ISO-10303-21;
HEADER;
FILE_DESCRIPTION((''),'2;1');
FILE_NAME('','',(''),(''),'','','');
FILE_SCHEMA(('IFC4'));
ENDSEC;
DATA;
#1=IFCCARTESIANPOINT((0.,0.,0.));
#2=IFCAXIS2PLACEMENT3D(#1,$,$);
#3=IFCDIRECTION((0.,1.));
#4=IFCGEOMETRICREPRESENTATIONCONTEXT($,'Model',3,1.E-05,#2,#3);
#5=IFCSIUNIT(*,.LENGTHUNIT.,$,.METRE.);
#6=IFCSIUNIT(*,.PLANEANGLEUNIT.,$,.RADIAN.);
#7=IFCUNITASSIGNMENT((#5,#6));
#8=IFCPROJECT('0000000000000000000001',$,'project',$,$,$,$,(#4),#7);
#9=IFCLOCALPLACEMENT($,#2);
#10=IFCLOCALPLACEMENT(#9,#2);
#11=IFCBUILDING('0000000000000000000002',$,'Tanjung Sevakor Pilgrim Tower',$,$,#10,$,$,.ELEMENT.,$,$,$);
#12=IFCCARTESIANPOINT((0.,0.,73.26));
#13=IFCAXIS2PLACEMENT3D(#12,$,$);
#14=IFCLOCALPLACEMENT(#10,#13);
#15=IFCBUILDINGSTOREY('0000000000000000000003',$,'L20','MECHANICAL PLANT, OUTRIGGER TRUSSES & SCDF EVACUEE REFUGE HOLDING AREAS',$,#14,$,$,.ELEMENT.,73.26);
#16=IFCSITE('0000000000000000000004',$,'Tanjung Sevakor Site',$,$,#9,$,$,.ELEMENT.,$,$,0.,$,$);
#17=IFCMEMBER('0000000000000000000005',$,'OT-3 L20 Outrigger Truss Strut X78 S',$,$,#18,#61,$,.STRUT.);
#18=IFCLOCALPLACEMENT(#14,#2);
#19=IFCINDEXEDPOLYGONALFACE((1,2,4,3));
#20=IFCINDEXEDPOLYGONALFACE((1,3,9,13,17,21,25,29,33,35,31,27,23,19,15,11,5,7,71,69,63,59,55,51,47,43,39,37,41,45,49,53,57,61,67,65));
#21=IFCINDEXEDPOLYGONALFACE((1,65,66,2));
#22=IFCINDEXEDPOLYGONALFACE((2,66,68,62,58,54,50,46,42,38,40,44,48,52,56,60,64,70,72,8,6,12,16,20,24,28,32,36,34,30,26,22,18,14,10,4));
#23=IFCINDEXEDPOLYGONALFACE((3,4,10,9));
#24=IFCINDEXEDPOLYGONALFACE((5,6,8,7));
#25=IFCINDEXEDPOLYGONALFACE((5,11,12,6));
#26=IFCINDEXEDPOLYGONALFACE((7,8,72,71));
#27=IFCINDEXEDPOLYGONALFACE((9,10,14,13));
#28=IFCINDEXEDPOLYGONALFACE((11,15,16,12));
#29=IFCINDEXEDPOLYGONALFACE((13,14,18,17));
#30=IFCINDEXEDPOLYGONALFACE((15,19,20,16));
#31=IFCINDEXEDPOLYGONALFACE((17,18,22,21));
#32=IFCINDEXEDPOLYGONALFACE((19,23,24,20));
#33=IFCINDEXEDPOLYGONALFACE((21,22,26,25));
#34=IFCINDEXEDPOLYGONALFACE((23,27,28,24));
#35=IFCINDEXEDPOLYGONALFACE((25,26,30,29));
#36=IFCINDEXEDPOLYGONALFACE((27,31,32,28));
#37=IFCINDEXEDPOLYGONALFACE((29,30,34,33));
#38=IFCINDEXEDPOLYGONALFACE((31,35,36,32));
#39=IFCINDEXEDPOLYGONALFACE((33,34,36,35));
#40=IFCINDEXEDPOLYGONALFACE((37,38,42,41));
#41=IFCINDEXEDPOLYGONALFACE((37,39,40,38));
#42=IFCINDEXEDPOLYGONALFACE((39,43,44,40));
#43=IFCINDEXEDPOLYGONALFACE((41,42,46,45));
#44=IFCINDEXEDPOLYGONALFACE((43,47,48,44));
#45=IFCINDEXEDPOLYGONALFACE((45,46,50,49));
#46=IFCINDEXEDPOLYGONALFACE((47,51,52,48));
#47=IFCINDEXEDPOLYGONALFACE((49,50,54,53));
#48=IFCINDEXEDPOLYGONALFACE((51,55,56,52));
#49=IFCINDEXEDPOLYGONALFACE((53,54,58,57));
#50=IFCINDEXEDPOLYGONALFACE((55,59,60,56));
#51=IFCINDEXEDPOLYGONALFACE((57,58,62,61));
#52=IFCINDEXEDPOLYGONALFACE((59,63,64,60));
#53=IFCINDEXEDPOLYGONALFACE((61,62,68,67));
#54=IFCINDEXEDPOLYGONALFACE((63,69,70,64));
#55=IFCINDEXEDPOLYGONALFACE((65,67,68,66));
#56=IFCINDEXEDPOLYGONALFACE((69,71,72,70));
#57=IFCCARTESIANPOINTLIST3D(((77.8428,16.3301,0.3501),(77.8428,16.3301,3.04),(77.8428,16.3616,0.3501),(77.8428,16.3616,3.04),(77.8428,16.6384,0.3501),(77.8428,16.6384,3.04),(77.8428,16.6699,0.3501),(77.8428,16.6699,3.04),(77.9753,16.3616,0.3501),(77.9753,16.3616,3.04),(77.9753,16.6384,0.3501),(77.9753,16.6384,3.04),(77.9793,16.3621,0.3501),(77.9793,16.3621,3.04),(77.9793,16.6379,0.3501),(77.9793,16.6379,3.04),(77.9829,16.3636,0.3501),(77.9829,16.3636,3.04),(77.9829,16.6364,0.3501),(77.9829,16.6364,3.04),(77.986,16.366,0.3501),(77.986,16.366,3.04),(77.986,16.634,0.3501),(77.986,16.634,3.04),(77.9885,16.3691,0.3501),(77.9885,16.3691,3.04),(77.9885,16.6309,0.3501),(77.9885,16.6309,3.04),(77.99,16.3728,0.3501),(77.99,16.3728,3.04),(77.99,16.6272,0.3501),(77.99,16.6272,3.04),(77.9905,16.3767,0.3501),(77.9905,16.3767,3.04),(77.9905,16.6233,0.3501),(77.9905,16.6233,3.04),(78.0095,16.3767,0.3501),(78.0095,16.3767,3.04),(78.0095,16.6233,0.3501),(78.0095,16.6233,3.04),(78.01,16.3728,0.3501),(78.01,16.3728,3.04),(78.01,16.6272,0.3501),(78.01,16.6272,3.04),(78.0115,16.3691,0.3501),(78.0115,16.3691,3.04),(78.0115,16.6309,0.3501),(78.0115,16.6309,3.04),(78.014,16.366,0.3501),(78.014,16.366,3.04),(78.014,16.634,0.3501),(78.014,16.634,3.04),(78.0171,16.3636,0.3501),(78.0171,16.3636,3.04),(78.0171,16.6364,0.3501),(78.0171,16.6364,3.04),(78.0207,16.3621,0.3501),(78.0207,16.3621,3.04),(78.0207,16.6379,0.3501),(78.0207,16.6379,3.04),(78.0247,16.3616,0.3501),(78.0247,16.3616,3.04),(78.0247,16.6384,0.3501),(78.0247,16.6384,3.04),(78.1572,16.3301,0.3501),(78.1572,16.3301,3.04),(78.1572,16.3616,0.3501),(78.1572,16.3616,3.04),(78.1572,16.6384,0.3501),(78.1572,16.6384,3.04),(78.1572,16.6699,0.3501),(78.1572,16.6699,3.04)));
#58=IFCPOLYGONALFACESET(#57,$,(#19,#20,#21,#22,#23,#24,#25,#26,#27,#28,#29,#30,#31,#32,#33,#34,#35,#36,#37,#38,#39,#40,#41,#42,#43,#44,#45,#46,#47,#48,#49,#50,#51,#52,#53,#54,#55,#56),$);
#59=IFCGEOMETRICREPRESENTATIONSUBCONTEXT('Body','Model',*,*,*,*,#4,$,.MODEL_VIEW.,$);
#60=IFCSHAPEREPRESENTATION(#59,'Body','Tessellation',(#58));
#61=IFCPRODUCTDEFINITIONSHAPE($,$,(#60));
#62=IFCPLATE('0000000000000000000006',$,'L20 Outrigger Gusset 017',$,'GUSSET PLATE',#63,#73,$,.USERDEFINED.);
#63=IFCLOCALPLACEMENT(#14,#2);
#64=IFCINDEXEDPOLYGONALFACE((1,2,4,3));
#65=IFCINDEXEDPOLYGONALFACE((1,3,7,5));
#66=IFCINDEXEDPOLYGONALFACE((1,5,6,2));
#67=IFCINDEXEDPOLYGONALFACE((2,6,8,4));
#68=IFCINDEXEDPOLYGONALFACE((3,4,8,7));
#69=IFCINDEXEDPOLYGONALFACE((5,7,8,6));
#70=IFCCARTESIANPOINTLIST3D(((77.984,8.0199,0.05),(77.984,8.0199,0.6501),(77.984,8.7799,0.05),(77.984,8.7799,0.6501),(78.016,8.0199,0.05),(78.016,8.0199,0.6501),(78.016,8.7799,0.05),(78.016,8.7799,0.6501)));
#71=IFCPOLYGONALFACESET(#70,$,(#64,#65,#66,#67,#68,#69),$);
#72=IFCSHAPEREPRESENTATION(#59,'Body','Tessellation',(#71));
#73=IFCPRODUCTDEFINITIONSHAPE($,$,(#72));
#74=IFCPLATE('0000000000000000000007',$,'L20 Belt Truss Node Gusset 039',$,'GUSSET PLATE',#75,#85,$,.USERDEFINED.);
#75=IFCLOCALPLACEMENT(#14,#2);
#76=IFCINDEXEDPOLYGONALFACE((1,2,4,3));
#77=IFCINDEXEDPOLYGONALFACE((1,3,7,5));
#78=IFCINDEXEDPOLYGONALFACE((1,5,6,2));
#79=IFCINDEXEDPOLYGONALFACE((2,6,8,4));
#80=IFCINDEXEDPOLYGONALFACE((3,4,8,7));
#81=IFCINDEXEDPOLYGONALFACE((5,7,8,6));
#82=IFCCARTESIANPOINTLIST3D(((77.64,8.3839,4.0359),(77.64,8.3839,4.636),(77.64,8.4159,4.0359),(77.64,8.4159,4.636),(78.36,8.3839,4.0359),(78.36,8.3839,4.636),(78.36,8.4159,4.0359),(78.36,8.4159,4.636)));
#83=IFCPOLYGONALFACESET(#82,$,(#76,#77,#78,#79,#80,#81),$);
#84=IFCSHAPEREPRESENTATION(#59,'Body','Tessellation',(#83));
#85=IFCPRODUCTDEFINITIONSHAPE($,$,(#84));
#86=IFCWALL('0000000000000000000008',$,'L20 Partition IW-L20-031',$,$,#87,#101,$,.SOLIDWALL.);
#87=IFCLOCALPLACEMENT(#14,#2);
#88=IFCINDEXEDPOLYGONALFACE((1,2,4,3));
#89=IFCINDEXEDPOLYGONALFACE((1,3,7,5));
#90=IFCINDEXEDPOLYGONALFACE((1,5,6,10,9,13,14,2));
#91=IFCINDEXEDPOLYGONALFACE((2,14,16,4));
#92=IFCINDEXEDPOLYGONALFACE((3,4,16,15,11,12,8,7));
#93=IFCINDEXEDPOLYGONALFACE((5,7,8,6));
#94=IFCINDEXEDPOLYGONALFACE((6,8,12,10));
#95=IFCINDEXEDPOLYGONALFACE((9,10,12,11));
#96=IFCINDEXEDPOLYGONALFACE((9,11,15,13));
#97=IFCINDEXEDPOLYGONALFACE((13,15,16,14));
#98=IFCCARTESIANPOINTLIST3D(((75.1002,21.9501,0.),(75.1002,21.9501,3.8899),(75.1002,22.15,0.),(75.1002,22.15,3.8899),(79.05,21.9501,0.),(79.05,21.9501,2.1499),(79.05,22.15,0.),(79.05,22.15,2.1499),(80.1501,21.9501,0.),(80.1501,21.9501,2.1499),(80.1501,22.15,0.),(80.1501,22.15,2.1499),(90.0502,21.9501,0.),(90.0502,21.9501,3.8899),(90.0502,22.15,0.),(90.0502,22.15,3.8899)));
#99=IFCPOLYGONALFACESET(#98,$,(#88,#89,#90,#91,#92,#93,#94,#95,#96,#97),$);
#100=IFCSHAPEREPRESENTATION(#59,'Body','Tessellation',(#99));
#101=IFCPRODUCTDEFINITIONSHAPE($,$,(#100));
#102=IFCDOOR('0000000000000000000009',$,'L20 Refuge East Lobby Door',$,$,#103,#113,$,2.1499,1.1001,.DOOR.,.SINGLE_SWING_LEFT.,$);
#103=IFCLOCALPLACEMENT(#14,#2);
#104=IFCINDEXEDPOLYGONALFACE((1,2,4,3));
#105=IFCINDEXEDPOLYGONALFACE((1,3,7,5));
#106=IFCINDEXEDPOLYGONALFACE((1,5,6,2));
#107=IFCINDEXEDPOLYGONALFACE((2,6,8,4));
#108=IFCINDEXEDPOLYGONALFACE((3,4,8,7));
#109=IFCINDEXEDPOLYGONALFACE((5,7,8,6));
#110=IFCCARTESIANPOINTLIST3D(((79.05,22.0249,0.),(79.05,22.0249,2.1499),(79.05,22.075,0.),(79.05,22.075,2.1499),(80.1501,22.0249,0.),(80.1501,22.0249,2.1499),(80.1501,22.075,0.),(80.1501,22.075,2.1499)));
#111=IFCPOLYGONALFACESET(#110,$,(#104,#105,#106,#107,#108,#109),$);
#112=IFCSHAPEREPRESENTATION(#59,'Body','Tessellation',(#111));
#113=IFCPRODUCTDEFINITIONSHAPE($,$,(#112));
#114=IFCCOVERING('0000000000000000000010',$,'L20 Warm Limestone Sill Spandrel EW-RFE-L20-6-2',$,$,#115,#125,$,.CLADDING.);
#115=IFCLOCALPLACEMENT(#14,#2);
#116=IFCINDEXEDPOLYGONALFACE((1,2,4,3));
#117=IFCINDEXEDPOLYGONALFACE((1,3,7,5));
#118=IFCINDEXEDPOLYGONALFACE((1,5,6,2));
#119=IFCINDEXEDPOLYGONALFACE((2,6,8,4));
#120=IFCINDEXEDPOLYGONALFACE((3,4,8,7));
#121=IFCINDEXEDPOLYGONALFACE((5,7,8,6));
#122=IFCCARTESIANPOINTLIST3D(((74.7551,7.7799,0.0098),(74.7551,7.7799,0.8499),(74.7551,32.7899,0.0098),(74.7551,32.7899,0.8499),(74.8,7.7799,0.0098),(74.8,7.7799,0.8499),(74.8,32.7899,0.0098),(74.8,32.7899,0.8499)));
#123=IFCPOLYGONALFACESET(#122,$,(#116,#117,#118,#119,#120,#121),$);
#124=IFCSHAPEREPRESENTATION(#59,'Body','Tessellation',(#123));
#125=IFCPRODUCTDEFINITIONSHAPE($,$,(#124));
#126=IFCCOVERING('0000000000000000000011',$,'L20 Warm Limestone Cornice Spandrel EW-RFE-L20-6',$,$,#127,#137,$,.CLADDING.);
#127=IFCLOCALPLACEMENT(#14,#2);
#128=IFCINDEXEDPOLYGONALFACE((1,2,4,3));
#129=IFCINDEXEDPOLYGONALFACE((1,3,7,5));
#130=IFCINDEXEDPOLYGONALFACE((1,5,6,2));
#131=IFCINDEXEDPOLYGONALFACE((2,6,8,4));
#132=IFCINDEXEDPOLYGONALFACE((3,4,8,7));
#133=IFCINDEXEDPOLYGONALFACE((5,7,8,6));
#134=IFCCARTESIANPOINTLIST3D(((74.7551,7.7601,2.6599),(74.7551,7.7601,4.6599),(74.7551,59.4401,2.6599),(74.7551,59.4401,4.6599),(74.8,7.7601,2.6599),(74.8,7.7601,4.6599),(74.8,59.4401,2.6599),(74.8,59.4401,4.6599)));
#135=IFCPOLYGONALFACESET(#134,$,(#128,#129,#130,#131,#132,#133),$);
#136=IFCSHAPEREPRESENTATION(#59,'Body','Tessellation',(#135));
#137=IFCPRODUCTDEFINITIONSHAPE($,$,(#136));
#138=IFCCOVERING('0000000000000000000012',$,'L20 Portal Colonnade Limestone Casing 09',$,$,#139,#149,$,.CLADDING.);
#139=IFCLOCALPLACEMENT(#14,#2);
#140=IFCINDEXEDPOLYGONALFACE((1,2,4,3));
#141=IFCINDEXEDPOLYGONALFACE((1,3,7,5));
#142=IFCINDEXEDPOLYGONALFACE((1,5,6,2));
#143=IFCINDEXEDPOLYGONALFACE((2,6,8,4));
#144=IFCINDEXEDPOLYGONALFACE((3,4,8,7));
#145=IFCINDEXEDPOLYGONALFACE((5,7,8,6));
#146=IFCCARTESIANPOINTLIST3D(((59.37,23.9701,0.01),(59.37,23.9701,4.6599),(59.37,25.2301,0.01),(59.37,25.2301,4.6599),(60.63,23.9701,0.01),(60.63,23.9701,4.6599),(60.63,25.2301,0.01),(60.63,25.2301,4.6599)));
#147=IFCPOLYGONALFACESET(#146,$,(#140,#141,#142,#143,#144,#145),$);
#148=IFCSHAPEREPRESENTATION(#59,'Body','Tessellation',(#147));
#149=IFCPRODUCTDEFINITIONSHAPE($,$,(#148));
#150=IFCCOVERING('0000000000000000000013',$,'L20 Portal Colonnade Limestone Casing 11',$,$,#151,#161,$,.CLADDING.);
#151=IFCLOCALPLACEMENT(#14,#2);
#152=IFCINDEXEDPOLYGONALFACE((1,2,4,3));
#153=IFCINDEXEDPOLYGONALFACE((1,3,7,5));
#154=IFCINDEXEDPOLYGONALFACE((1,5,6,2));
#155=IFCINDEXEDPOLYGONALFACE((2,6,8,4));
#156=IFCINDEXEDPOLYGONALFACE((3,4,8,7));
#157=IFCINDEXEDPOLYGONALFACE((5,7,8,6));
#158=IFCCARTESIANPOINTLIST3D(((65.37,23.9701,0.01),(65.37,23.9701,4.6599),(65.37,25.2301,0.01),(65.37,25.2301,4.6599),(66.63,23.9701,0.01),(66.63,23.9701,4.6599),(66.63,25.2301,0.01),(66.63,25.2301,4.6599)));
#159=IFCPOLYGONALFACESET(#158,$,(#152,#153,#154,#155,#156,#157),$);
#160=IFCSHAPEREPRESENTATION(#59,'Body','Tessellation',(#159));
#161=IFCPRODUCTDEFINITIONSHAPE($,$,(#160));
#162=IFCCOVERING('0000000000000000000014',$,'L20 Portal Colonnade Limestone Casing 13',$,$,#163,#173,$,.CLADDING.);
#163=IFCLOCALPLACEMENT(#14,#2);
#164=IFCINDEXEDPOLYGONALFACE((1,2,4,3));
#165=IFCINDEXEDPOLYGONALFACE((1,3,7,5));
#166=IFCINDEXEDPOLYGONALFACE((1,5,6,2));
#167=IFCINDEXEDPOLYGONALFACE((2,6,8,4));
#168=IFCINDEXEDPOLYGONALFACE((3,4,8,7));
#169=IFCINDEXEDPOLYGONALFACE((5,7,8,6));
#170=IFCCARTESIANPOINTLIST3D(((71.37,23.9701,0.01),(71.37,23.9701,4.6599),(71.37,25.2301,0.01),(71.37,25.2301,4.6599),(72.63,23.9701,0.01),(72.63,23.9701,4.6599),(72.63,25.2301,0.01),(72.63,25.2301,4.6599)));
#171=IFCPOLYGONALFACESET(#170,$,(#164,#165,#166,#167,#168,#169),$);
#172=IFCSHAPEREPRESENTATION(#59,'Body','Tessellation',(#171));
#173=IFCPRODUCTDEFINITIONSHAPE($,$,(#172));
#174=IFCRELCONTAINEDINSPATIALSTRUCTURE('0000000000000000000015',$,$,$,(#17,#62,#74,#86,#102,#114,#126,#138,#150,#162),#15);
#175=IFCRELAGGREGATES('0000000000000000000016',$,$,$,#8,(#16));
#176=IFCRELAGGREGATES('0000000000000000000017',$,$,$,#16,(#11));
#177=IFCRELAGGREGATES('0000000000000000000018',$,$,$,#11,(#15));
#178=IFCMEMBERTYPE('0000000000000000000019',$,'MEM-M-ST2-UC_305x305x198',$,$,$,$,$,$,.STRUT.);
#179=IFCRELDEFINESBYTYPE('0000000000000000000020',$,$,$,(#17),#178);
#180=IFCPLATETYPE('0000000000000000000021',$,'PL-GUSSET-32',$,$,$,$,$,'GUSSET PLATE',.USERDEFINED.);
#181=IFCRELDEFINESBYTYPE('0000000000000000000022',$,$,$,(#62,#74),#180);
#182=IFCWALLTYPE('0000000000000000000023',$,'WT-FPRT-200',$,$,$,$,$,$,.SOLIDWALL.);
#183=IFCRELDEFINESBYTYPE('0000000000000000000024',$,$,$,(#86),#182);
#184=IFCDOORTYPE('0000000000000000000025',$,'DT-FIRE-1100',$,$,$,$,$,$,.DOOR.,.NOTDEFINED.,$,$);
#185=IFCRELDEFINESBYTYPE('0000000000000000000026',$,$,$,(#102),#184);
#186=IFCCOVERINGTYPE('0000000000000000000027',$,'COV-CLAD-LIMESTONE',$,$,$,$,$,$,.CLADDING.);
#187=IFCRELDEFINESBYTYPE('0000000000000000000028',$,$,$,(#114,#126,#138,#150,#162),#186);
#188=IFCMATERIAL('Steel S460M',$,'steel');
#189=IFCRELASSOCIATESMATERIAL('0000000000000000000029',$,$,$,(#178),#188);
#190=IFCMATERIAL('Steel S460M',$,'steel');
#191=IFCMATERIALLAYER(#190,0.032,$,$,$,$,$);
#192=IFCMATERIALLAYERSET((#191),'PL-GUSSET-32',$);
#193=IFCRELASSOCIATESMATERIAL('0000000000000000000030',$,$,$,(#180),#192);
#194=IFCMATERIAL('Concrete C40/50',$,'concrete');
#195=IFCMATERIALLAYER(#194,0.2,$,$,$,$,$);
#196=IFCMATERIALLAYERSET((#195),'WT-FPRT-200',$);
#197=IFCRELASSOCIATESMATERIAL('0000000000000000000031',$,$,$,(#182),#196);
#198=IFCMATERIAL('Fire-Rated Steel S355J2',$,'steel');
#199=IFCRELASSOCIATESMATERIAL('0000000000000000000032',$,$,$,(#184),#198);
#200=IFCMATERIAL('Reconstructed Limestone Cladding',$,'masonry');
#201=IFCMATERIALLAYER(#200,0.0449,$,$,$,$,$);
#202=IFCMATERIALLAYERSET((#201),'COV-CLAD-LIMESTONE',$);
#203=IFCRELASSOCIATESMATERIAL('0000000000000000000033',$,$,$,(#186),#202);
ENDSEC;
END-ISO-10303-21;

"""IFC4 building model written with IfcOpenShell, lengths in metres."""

from ifc_helpers import new_model, si_unit, direction, frame, frame_2d, origin, origin_2d, place, context, subcontext, project, spatial, rectangle, i_section, extrude, material, layer, layer_set, material_profile, profile_set, type_object, element, fill, save


model = new_model("IFC4")

# Units and contexts
model_context = context("Model", 3, precision=1e-05, world=origin(), true_north=direction((0.0, 1.0)))
body_context = subcontext(model_context, "Body", "Model", "MODEL_VIEW")
ifc_project = project(units=[si_unit("LENGTHUNIT", "METRE"), si_unit("PLANEANGLEUNIT", "RADIAN")], contexts=[model_context])

# Site, building, storey
site_placement = place(None, origin())
site = spatial("IfcSite", under=ifc_project, at=site_placement, Name="Tanjung Sevakor Site", CompositionType="ELEMENT", RefElevation=0.0)
building_placement = place(site_placement, origin())
building = spatial("IfcBuilding", under=site, at=building_placement, Name="Tanjung Sevakor Pilgrim Tower", CompositionType="ELEMENT")
storey_placement = place(building_placement, frame((0.0, 0.0, 73.26)))
storey = spatial("IfcBuildingStorey", under=building, at=storey_placement, Name="L20", Description="MECHANICAL PLANT, OUTRIGGER TRUSSES & SCDF EVACUEE REFUGE HOLDING AREAS", CompositionType="ELEMENT", Elevation=73.26)

# Member
ifc_material_1 = material(Name="Steel S460M", Category="steel")
ifc_material_profile_1 = material_profile(ifc_material_1, i_section(OverallWidth=0.3145, OverallDepth=0.3398, WebThickness=0.019, FlangeThickness=0.0315, FilletRadius=0.0151, at=origin_2d()))
ifc_profile_set_1 = profile_set([ifc_material_profile_1], Name="Steel S460M")
member_type_1 = type_object("IfcMemberType", Name="MEM-M-ST2-UC_305x305x198", PredefinedType="STRUT", material=ifc_profile_set_1)
member_1_placement = place(storey_placement, frame((78.0, 16.5, 0.3501), z_axis=(0.0, 0.0, 1.0), x_axis=(1.0, 0.0, 0.0)))
element("IfcMember", 1, at=member_1_placement, inside=storey, type_object=member_type_1, Name="OT-3 L20 Outrigger Truss Strut X78 S", PredefinedType="STRUT", context=body_context, shape_type="SweptSolid", body=[
    extrude(i_section(OverallWidth=0.3145, OverallDepth=0.3398, WebThickness=0.019, FlangeThickness=0.0315, FilletRadius=0.0151, at=origin_2d()), origin(), (0.0, 0.0, 1.0), 2.6899),
])

# Plates
ifc_material_2 = material(Name="Steel S460M", Category="steel")
ifc_layer_1 = layer(ifc_material_2, 0.032)
ifc_layer_set_1 = layer_set([ifc_layer_1], Name="PL-GUSSET-32")
plate_type = type_object("IfcPlateType", Name="PL-GUSSET-32", ElementType="GUSSET PLATE", PredefinedType="USERDEFINED", material=ifc_layer_set_1)
plate_1_placement = place(storey_placement, frame((78.0, 8.3999, 0.05), z_axis=(0.0, 0.0, 1.0), x_axis=(1.0, 0.0, 0.0)))
element("IfcPlate", 2, at=plate_1_placement, inside=storey, type_object=plate_type, Name="L20 Outrigger Gusset 017", ObjectType="GUSSET PLATE", PredefinedType="USERDEFINED", context=body_context, shape_type="SweptSolid", body=[
    extrude(rectangle(XDim=0.032, YDim=0.76, at=origin_2d()), origin(), (0.0, 0.0, 1.0), 0.6001),
])
plate_2_placement = place(storey_placement, frame((78.0, 8.3999, 4.0359), z_axis=(0.0, 0.0, 1.0), x_axis=(1.0, 0.0, 0.0)))
element("IfcPlate", 3, at=plate_2_placement, inside=storey, type_object=plate_type, Name="L20 Belt Truss Node Gusset 039", ObjectType="GUSSET PLATE", PredefinedType="USERDEFINED", context=body_context, shape_type="SweptSolid", body=[
    extrude(rectangle(XDim=0.72, YDim=0.032, at=origin_2d()), origin(), (0.0, 0.0, 1.0), 0.6001),
])

# Wall, opening, door
ifc_material_3 = material(Name="Concrete C40/50", Category="concrete")
ifc_layer_2 = layer(ifc_material_3, 0.2)
ifc_layer_set_2 = layer_set([ifc_layer_2], Name="WT-FPRT-200")
wall_type = type_object("IfcWallType", Name="WT-FPRT-200", PredefinedType="SOLIDWALL", material=ifc_layer_set_2)
wall_placement = place(storey_placement, frame((75.1001, 22.05, 0.0), z_axis=(0.0, 0.0, 1.0), x_axis=(1.0, 0.0, 0.0)))
wall = element("IfcWall", 4, at=wall_placement, inside=storey, type_object=wall_type, Name="L20 Partition IW-L20-031", PredefinedType="SOLIDWALL", context=body_context, shape_type="SweptSolid", body=[
    extrude(rectangle(XDim=14.95, YDim=0.2, at=frame_2d((7.4751, 0.0))), origin(), (0.0, 0.0, 1.0), 3.8899),
])
opening_placement = place(wall_placement, frame((3.95, 0.0, 0.0)))
opening = element("IfcOpeningElement", 5, at=opening_placement, cuts=wall, PredefinedType="OPENING", context=body_context, shape_type="SweptSolid", body=[
    extrude(rectangle(XDim=1.1001, YDim=2.1499, at=frame_2d((0.55, 1.075))), frame((0.0, 0.1099, 0.0), z_axis=(0.0, -1.0, 0.0), x_axis=(1.0, 0.0, 0.0)), (0.0, 0.0, 1.0), 0.22),
])
ifc_material_4 = material(Name="Fire-Rated Steel S355J2", Category="steel")
door_type = type_object("IfcDoorType", Name="DT-FIRE-1100", OperationType="NOTDEFINED", PredefinedType="DOOR", material=ifc_material_4)
door_placement = place(opening_placement, origin())
door = element("IfcDoor", 6, at=door_placement, inside=storey, type_object=door_type, Name="L20 Refuge East Lobby Door", OperationType="SINGLE_SWING_LEFT", OverallHeight=2.1499, OverallWidth=1.1001, PredefinedType="DOOR", context=body_context, shape_type="SweptSolid", body=[
    extrude(rectangle(XDim=1.1001, YDim=2.1499, at=frame_2d((0.55, 1.075))), frame((0.0, 0.0249, 0.0), z_axis=(0.0, -1.0, 0.0), x_axis=(1.0, 0.0, 0.0)), (0.0, 0.0, 1.0), 0.05),
])
fill(opening, door)

# Coverings
ifc_material_5 = material(Name="Reconstructed Limestone Cladding", Category="masonry")
ifc_layer_3 = layer(ifc_material_5, 0.0449)
ifc_layer_set_3 = layer_set([ifc_layer_3], Name="COV-CLAD-LIMESTONE")
covering_type = type_object("IfcCoveringType", Name="COV-CLAD-LIMESTONE", PredefinedType="CLADDING", material=ifc_layer_set_3)
covering_1_placement = place(storey_placement, frame((74.7776, 20.2849, 0.0098), z_axis=(0.0, 0.0, 1.0), x_axis=(0.0, -1.0, 0.0)))
element("IfcCovering", 7, at=covering_1_placement, inside=storey, type_object=covering_type, Name="L20 Warm Limestone Sill Spandrel EW-RFE-L20-6-2", PredefinedType="CLADDING", context=body_context, shape_type="SweptSolid", body=[
    extrude(rectangle(XDim=25.01, YDim=0.0449, at=origin_2d()), origin(), (0.0, 0.0, 1.0), 0.8401),
])
covering_2_placement = place(storey_placement, frame((74.7776, 33.6001, 2.6599), z_axis=(0.0, 0.0, 1.0), x_axis=(0.0, -1.0, 0.0)))
element("IfcCovering", 8, at=covering_2_placement, inside=storey, type_object=covering_type, Name="L20 Warm Limestone Cornice Spandrel EW-RFE-L20-6", PredefinedType="CLADDING", context=body_context, shape_type="SweptSolid", body=[
    extrude(rectangle(XDim=51.6799, YDim=0.0449, at=origin_2d()), origin(), (0.0, 0.0, 1.0), 2.0),
])
for number, where, z_axis, x_axis, name in (
    (9, (60.0, 24.6001, 0.01), (0.0, 0.0, 1.0), (1.0, 0.0, 0.0), "L20 Portal Colonnade Limestone Casing 09"),
    (10, (66.0, 24.6001, 0.01), (0.0, 0.0, 1.0), (1.0, 0.0, 0.0), "L20 Portal Colonnade Limestone Casing 11"),
    (11, (72.0, 24.6001, 0.01), (0.0, 0.0, 1.0), (1.0, 0.0, 0.0), "L20 Portal Colonnade Limestone Casing 13"),
):
    element("IfcCovering", number, at=place(storey_placement, frame(where, z_axis=z_axis, x_axis=x_axis)), inside=storey, type_object=covering_type, Name=name, PredefinedType="CLADDING", context=body_context, shape_type="SweptSolid", body=[
        extrude(rectangle(XDim=1.26, YDim=1.26, at=origin_2d()), origin(), (0.0, 0.0, 1.0), 4.6499),
    ])

save(model, "model.ifc")
